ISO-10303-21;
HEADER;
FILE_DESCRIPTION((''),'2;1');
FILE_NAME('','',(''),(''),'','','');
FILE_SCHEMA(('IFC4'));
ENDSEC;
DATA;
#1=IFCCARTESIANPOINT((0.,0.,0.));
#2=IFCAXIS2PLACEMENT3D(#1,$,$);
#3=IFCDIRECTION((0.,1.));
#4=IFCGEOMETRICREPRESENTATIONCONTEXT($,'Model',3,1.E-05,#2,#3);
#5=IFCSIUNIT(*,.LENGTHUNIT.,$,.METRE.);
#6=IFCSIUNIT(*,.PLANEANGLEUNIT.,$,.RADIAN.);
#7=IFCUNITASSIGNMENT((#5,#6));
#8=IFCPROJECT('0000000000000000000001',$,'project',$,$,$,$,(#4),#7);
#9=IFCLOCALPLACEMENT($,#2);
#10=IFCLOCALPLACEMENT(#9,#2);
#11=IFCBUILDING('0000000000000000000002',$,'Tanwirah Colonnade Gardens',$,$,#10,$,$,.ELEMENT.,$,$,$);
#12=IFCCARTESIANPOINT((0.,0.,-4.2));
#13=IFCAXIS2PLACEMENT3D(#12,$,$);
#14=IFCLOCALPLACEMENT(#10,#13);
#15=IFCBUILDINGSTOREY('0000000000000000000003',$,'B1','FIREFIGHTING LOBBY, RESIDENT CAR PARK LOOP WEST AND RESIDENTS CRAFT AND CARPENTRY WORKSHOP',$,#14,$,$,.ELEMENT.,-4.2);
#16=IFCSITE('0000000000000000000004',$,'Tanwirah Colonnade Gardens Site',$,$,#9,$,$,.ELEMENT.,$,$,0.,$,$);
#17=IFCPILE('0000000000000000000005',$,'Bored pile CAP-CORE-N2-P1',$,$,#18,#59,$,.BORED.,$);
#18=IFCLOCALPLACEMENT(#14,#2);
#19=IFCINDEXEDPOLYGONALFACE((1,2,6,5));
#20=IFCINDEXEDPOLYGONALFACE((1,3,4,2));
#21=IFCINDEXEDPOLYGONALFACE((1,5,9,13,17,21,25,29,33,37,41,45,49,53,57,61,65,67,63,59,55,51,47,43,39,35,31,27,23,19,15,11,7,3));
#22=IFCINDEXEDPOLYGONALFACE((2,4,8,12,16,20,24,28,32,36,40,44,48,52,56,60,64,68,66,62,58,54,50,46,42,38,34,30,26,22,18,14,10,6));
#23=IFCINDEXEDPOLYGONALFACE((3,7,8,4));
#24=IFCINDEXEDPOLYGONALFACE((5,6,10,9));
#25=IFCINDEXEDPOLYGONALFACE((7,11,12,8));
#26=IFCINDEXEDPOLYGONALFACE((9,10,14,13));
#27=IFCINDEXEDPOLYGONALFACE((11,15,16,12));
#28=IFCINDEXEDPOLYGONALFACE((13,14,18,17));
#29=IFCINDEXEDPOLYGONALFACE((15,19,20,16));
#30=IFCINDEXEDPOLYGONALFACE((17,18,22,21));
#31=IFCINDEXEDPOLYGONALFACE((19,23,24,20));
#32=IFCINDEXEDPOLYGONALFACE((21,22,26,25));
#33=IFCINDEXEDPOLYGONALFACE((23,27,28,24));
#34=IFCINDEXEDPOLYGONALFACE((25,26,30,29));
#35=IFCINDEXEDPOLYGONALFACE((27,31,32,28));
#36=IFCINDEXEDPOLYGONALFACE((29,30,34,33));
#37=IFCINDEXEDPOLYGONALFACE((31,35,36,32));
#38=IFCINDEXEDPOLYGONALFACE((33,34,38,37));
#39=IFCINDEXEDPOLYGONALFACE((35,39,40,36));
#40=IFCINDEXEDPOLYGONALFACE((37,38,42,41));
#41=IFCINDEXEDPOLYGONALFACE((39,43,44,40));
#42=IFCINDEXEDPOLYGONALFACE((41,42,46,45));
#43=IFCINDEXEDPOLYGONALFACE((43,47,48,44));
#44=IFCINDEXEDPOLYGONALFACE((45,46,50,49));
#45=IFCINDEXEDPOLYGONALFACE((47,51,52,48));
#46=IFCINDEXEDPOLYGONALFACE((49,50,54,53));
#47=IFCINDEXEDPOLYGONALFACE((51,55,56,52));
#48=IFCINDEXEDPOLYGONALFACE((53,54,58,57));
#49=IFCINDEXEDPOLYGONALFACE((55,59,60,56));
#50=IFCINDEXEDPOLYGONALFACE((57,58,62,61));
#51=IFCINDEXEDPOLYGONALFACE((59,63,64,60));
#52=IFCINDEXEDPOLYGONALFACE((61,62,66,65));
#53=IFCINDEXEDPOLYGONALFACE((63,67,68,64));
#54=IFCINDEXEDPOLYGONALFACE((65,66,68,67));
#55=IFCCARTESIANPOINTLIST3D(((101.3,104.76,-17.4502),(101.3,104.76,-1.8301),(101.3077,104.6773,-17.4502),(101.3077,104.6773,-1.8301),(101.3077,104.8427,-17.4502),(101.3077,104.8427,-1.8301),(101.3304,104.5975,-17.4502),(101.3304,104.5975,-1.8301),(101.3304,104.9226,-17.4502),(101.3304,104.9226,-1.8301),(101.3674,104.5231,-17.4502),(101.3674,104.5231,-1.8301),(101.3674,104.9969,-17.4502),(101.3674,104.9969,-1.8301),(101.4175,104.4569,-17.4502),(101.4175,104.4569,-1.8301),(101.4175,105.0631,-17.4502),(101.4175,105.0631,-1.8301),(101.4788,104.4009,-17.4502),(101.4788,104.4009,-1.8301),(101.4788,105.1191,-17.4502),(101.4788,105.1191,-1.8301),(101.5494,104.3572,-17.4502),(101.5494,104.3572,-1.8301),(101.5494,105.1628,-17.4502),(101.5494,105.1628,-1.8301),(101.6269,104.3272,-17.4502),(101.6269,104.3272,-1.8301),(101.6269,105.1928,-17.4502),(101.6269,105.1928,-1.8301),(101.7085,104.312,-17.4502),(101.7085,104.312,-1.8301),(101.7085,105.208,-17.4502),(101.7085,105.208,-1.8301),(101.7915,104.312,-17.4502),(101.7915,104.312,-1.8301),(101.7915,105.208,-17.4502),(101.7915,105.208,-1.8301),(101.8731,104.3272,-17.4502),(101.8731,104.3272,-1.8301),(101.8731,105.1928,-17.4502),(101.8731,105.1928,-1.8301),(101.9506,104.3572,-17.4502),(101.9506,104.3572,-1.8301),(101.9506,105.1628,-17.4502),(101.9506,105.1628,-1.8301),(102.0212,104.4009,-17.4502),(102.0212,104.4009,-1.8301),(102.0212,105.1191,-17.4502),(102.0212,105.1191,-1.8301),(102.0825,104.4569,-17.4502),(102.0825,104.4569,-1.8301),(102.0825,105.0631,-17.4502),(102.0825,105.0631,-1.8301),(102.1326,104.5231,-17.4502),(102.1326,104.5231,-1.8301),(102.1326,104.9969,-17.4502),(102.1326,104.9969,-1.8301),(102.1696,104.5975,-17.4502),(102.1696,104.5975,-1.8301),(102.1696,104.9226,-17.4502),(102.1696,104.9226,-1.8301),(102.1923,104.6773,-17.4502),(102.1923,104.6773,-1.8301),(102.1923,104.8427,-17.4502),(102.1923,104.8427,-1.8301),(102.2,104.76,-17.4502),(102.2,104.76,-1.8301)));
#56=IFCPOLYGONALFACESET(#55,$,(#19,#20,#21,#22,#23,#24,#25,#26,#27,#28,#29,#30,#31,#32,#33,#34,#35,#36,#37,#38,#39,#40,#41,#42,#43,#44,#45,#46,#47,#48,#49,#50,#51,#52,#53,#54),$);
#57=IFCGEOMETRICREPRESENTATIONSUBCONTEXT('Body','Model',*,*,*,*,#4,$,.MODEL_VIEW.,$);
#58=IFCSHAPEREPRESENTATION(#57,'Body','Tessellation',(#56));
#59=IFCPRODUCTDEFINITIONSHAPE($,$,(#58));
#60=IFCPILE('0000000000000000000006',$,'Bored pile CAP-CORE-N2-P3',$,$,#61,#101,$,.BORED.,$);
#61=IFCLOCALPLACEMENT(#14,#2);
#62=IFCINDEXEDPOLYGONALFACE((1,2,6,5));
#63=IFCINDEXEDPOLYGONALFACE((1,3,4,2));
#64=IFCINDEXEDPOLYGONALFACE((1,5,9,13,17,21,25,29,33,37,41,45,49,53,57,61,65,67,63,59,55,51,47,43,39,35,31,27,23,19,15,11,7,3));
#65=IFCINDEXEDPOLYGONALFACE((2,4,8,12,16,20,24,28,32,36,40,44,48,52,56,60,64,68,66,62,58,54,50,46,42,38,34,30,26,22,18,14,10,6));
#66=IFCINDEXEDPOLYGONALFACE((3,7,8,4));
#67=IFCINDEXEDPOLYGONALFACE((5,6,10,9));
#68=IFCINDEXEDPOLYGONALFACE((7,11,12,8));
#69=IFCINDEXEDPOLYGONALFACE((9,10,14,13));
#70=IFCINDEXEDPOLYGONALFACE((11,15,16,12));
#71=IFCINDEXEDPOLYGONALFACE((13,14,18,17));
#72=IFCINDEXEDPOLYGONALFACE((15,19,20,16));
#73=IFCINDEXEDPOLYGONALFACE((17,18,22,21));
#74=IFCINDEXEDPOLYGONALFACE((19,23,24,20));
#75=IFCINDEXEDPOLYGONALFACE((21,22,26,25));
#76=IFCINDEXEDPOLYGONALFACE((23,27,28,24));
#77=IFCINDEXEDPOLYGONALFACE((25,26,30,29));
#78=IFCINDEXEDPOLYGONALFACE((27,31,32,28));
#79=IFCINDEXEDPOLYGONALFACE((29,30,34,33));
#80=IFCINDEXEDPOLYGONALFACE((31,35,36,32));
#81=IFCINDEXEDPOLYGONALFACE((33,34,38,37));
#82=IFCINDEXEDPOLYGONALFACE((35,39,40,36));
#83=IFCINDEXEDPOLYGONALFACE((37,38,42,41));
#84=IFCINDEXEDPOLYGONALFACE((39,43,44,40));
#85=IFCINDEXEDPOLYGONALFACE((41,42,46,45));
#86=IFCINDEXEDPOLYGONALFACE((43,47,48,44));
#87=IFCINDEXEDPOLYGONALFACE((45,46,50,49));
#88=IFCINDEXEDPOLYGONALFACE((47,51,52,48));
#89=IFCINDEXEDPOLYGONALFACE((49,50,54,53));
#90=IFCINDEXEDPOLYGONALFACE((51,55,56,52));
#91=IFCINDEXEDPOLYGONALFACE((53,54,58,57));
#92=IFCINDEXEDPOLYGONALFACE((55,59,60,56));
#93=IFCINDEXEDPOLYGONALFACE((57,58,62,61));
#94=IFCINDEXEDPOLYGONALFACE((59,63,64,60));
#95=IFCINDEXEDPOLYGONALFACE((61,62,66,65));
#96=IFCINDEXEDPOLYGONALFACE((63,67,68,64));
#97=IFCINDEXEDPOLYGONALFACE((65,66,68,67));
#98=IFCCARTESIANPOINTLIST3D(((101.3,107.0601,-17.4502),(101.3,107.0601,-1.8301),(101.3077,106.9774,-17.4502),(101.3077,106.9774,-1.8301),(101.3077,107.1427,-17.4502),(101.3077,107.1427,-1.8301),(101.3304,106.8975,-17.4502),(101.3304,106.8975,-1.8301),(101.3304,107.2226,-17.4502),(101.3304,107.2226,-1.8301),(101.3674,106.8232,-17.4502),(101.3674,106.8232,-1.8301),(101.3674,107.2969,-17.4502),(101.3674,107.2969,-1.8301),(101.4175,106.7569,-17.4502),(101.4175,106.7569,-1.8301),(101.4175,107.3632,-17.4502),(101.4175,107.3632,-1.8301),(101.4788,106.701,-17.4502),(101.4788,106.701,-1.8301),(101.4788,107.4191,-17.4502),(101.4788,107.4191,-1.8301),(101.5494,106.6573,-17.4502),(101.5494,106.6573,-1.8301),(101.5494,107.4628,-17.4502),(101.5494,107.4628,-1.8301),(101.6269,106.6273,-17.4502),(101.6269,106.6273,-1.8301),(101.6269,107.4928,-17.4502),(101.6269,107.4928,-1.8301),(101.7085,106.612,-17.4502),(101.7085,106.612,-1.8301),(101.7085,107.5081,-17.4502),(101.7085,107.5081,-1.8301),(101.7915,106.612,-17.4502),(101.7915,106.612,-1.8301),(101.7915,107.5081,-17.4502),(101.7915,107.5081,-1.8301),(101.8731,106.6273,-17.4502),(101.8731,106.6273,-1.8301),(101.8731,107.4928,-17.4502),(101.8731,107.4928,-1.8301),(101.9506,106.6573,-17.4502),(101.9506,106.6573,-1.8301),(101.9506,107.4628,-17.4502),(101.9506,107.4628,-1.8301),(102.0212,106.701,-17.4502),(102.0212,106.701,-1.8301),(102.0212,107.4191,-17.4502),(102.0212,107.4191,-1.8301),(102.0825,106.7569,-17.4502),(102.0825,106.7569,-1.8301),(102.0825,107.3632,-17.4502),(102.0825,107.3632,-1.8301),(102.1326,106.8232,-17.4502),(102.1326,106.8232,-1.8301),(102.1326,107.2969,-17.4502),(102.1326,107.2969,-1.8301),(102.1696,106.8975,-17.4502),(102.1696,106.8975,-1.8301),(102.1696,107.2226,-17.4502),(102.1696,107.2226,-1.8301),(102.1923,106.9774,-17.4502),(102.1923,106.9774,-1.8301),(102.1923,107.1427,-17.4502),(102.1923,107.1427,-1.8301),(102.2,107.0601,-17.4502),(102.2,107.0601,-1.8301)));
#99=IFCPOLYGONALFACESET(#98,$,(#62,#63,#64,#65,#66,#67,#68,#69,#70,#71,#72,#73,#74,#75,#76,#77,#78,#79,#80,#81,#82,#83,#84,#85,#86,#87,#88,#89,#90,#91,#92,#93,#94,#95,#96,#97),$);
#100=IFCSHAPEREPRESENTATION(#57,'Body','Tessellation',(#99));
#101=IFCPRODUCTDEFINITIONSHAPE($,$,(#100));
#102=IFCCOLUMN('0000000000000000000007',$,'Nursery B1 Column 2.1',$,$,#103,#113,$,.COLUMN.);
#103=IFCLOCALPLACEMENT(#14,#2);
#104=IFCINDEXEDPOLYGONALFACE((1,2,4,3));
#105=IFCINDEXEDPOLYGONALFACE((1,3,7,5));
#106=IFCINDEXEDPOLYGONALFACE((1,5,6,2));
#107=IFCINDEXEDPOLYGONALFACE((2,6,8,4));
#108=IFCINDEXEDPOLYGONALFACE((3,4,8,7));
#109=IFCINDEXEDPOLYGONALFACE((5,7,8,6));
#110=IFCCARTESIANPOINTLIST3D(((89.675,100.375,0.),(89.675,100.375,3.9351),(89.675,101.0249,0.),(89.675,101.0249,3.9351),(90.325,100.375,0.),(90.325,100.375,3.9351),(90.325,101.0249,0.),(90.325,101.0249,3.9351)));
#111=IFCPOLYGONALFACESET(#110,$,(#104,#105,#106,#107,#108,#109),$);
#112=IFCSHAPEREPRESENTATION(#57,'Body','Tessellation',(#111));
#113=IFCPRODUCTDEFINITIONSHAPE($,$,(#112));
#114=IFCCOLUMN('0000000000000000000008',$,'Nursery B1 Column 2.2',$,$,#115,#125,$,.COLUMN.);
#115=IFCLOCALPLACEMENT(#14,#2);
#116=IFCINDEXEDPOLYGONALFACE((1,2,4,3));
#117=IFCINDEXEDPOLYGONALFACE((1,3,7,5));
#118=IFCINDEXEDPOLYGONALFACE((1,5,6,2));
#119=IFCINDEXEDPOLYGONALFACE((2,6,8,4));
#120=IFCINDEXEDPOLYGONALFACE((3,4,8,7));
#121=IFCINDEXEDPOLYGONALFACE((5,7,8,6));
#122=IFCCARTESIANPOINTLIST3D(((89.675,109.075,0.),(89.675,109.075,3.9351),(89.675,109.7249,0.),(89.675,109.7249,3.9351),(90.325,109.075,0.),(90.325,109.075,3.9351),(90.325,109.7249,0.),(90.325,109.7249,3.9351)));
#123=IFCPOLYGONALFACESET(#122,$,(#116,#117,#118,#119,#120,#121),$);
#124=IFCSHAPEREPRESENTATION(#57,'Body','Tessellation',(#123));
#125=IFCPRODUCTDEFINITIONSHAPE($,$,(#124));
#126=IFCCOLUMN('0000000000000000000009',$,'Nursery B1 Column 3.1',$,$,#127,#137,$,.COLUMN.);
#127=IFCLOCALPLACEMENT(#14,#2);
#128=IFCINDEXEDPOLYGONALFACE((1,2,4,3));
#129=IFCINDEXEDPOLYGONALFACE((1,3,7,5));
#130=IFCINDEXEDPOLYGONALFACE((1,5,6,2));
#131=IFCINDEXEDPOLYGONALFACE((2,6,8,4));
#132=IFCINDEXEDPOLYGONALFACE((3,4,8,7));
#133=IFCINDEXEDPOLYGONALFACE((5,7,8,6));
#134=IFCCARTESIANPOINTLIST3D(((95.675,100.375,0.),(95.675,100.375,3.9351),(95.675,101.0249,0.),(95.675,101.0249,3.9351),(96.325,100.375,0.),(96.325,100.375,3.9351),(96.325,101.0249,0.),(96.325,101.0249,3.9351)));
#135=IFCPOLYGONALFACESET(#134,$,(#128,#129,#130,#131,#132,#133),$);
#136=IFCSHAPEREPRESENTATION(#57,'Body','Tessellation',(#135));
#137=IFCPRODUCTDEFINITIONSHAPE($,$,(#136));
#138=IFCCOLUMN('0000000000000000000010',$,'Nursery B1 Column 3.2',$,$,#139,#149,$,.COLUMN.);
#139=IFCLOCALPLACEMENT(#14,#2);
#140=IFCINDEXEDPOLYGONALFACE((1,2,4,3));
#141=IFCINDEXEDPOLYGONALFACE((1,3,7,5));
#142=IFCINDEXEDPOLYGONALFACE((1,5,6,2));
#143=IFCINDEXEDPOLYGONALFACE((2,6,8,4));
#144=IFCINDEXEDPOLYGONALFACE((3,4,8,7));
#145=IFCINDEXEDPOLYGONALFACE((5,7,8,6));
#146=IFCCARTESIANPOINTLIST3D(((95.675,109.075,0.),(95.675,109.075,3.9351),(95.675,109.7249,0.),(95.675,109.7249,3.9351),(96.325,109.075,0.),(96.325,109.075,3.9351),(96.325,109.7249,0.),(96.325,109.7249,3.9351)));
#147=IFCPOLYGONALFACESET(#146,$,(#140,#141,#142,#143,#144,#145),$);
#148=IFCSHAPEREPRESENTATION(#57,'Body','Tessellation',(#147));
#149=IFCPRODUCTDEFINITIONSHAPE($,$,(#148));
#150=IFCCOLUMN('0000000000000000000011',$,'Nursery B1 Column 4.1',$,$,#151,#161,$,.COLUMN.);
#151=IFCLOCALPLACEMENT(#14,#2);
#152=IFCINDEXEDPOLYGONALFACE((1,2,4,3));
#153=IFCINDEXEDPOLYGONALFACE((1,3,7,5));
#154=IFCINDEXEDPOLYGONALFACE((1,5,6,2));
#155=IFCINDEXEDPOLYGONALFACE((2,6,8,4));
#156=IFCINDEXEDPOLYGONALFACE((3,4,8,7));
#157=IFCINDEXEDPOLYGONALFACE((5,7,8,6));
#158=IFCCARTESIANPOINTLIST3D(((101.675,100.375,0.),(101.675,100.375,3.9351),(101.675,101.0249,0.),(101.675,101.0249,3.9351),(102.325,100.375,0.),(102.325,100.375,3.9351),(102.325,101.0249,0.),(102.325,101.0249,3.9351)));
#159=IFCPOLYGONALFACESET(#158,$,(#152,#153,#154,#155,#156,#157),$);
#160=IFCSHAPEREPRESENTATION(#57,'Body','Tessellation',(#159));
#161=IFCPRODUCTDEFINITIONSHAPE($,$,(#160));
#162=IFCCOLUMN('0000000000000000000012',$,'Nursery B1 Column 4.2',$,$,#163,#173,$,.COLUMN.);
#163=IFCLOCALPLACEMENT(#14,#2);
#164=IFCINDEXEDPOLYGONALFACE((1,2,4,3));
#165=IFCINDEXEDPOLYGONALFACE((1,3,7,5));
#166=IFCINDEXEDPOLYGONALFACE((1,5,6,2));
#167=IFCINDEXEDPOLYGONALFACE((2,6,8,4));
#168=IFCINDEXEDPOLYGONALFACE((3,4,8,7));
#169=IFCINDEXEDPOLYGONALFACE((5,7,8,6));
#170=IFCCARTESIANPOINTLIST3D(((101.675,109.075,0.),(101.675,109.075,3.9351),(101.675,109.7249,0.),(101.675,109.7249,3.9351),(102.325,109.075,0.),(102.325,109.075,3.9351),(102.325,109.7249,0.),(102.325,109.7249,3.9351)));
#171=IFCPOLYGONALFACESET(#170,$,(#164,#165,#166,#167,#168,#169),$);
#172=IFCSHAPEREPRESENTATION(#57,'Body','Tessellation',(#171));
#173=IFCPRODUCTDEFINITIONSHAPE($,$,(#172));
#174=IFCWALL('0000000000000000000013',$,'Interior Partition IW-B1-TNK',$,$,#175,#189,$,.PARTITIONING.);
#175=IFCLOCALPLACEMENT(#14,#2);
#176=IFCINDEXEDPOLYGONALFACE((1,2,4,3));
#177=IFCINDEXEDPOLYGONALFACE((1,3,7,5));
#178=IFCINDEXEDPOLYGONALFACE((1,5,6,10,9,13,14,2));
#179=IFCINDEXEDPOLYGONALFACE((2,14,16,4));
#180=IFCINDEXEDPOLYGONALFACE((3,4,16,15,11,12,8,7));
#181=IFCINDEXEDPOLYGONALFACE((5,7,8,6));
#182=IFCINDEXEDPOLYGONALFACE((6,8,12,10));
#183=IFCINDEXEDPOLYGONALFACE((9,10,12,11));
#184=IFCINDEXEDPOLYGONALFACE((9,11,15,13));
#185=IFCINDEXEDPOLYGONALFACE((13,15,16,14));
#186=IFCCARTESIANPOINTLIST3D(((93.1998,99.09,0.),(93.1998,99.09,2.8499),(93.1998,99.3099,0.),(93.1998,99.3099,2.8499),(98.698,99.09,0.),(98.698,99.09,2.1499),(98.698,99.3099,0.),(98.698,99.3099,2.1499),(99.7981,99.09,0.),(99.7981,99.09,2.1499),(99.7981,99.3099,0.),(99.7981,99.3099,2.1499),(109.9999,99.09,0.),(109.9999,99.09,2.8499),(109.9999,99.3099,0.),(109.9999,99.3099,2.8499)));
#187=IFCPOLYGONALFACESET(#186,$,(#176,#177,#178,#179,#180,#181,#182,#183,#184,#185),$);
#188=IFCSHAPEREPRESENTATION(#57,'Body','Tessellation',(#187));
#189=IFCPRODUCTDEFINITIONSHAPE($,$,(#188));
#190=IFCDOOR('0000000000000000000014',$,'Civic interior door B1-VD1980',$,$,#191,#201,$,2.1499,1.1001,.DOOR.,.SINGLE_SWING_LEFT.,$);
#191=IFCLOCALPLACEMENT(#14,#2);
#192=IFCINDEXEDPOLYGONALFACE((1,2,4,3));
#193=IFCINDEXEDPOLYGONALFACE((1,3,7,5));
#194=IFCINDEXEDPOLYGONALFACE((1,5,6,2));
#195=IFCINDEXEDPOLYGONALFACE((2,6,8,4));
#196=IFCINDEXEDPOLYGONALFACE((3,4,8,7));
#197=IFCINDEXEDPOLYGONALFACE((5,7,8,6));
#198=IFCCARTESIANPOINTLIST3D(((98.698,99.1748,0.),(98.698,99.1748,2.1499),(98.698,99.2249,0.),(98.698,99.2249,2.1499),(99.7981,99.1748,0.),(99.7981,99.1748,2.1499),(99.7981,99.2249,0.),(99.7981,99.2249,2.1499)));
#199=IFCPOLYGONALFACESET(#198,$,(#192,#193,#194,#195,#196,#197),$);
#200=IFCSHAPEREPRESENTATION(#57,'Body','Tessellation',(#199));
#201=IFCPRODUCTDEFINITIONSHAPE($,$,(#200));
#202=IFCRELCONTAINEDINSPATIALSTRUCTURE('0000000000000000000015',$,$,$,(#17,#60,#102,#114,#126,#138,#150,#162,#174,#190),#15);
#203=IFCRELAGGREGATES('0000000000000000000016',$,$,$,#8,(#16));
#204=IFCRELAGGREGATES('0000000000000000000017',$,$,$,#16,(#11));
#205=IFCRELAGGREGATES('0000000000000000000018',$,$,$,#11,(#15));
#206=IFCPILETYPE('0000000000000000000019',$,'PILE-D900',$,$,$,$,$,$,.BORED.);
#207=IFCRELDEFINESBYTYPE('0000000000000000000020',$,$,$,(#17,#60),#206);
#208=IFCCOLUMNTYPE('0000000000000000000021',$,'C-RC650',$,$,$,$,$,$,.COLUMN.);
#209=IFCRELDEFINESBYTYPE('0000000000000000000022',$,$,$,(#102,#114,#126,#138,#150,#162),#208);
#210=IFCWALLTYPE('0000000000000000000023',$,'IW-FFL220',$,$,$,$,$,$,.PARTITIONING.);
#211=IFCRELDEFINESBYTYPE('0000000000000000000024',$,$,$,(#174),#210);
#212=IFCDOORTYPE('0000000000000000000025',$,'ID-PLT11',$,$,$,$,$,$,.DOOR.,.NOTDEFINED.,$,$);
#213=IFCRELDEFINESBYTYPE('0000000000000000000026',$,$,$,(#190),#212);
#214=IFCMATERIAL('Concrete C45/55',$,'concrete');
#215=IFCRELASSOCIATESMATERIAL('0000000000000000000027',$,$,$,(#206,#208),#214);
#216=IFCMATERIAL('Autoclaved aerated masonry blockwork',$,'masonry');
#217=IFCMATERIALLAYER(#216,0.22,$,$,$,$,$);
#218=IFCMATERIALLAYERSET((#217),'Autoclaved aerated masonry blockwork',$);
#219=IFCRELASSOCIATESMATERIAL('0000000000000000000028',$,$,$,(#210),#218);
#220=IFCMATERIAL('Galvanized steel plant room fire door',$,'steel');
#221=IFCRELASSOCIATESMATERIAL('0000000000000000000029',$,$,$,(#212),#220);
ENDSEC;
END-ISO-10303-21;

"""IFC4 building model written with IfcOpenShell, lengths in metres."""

from ifc_helpers import new_model, si_unit, direction, frame, frame_2d, origin, origin_2d, place, context, subcontext, project, spatial, rectangle, circle, extrude, material, layer, layer_set, material_profile, profile_set, type_object, element, fill, save


model = new_model("IFC4")

# Units and contexts
model_context = context("Model", 3, precision=1e-05, world=origin(), true_north=direction((0.0, 1.0)))
body_context = subcontext(model_context, "Body", "Model", "MODEL_VIEW")
ifc_project = project(units=[si_unit("LENGTHUNIT", "METRE"), si_unit("PLANEANGLEUNIT", "RADIAN")], contexts=[model_context])

# Site, building, storey
site_placement = place(None, origin())
site = spatial("IfcSite", under=ifc_project, at=site_placement, Name="Tanwirah Colonnade Gardens Site", CompositionType="ELEMENT", RefElevation=0.0)
building_placement = place(site_placement, origin())
building = spatial("IfcBuilding", under=site, at=building_placement, Name="Tanwirah Colonnade Gardens", CompositionType="ELEMENT")
storey_placement = place(building_placement, frame((0.0, 0.0, -4.2)))
storey = spatial("IfcBuildingStorey", under=building, at=storey_placement, Name="B1", Description="FIREFIGHTING LOBBY, RESIDENT CAR PARK LOOP WEST AND RESIDENTS CRAFT AND CARPENTRY WORKSHOP", CompositionType="ELEMENT", Elevation=-4.2)

# Shared definitions
ifc_material_1 = material(Name="Concrete C45/55", Category="concrete")

# Piles
ifc_material_profile_1 = material_profile(ifc_material_1, circle(Radius=0.45, at=origin_2d()), Name="PILE D900")
ifc_profile_set_1 = profile_set([ifc_material_profile_1], Name="Concrete C45/55")
pile_type_1 = type_object("IfcPileType", Name="PILE-D900", PredefinedType="BORED", material=ifc_profile_set_1)
for number, where, z_axis, x_axis, name in (
    (1, (101.75, 104.76, -1.8301), (0.0, 0.0, -1.0), (1.0, 0.0, 0.0), "Bored pile CAP-CORE-N2-P1"),
    (2, (101.75, 107.0601, -1.8301), (0.0, 0.0, -1.0), (1.0, 0.0, 0.0), "Bored pile CAP-CORE-N2-P3"),
):
    element("IfcPile", number, at=place(storey_placement, frame(where, z_axis=z_axis, x_axis=x_axis)), inside=storey, type_object=pile_type_1, Name=name, PredefinedType="BORED", context=body_context, shape_type="SweptSolid", body=[
        extrude(circle(Radius=0.45, at=origin_2d()), origin(), (0.0, 0.0, 1.0), 15.6201),
    ])

# Columns
ifc_material_profile_2 = material_profile(ifc_material_1, rectangle(XDim=0.6499, YDim=0.6499, at=origin_2d()), Name="RC-COL 650x650")
ifc_profile_set_2 = profile_set([ifc_material_profile_2], Name="Concrete C45/55")
column_type = type_object("IfcColumnType", Name="C-RC650", PredefinedType="COLUMN", material=ifc_profile_set_2)
for number, where, z_axis, x_axis, name in (
    (3, (90.0, 100.7, 0.0), (0.0, 0.0, 1.0), (1.0, 0.0, 0.0), "Nursery B1 Column 2.1"),
    (4, (90.0, 109.3999, 0.0), (0.0, 0.0, 1.0), (1.0, 0.0, 0.0), "Nursery B1 Column 2.2"),
    (5, (96.0, 100.7, 0.0), (0.0, 0.0, 1.0), (1.0, 0.0, 0.0), "Nursery B1 Column 3.1"),
    (6, (96.0, 109.3999, 0.0), (0.0, 0.0, 1.0), (1.0, 0.0, 0.0), "Nursery B1 Column 3.2"),
    (7, (102.0, 100.7, 0.0), (0.0, 0.0, 1.0), (1.0, 0.0, 0.0), "Nursery B1 Column 4.1"),
    (8, (102.0, 109.3999, 0.0), (0.0, 0.0, 1.0), (1.0, 0.0, 0.0), "Nursery B1 Column 4.2"),
):
    element("IfcColumn", number, at=place(storey_placement, frame(where, z_axis=z_axis, x_axis=x_axis)), inside=storey, type_object=column_type, Name=name, PredefinedType="COLUMN", context=body_context, shape_type="SweptSolid", body=[
        extrude(rectangle(XDim=0.6499, YDim=0.6499, at=origin_2d()), origin(), (0.0, 0.0, 1.0), 3.9351),
    ])

# Wall, opening, door
ifc_material_2 = material(Name="Autoclaved aerated masonry blockwork", Category="masonry")
ifc_layer_1 = layer(ifc_material_2, 0.22)
ifc_layer_set_1 = layer_set([ifc_layer_1], Name="Autoclaved aerated masonry blockwork")
wall_type_1 = type_object("IfcWallType", Name="IW-FFL220", PredefinedType="PARTITIONING", material=ifc_layer_set_1)
wall_1_placement = place(storey_placement, frame((93.2, 99.2, 0.0), z_axis=(0.0, 0.0, 1.0), x_axis=(1.0, 0.0, 0.0)))
wall_1 = element("IfcWall", 9, at=wall_1_placement, inside=storey, type_object=wall_type_1, Name="Interior Partition IW-B1-TNK", PredefinedType="PARTITIONING", context=body_context, shape_type="SweptSolid", body=[
    extrude(rectangle(XDim=16.8, YDim=0.22, at=frame_2d((8.3999, 0.0))), origin(), (0.0, 0.0, 1.0), 2.8499),
])
opening_placement = place(wall_1_placement, frame((5.498, 0.0, 0.0)))
opening = element("IfcOpeningElement", 10, at=opening_placement, cuts=wall_1, PredefinedType="OPENING", context=body_context, shape_type="SweptSolid", body=[
    extrude(rectangle(XDim=1.1001, YDim=2.1499, at=frame_2d((0.55, 1.075))), frame((0.0, 0.1199, 0.0), z_axis=(0.0, -1.0, 0.0), x_axis=(1.0, 0.0, 0.0)), (0.0, 0.0, 1.0), 0.24),
])
ifc_material_3 = material(Name="Galvanized steel plant room fire door", Category="steel")
door_type = type_object("IfcDoorType", Name="ID-PLT11", OperationType="NOTDEFINED", PredefinedType="DOOR", material=ifc_material_3)
door_placement = place(opening_placement, origin())
door = element("IfcDoor", 11, at=door_placement, inside=storey, type_object=door_type, Name="Civic interior door B1-VD1980", OperationType="SINGLE_SWING_LEFT", OverallHeight=2.1499, OverallWidth=1.1001, PredefinedType="DOOR", context=body_context, shape_type="SweptSolid", body=[
    extrude(rectangle(XDim=1.1001, YDim=2.1499, at=frame_2d((0.55, 1.075))), frame((0.0, 0.0249, 0.0), z_axis=(0.0, -1.0, 0.0), x_axis=(1.0, 0.0, 0.0)), (0.0, 0.0, 1.0), 0.05),
])
fill(opening, door)

save(model, "model.ifc")
